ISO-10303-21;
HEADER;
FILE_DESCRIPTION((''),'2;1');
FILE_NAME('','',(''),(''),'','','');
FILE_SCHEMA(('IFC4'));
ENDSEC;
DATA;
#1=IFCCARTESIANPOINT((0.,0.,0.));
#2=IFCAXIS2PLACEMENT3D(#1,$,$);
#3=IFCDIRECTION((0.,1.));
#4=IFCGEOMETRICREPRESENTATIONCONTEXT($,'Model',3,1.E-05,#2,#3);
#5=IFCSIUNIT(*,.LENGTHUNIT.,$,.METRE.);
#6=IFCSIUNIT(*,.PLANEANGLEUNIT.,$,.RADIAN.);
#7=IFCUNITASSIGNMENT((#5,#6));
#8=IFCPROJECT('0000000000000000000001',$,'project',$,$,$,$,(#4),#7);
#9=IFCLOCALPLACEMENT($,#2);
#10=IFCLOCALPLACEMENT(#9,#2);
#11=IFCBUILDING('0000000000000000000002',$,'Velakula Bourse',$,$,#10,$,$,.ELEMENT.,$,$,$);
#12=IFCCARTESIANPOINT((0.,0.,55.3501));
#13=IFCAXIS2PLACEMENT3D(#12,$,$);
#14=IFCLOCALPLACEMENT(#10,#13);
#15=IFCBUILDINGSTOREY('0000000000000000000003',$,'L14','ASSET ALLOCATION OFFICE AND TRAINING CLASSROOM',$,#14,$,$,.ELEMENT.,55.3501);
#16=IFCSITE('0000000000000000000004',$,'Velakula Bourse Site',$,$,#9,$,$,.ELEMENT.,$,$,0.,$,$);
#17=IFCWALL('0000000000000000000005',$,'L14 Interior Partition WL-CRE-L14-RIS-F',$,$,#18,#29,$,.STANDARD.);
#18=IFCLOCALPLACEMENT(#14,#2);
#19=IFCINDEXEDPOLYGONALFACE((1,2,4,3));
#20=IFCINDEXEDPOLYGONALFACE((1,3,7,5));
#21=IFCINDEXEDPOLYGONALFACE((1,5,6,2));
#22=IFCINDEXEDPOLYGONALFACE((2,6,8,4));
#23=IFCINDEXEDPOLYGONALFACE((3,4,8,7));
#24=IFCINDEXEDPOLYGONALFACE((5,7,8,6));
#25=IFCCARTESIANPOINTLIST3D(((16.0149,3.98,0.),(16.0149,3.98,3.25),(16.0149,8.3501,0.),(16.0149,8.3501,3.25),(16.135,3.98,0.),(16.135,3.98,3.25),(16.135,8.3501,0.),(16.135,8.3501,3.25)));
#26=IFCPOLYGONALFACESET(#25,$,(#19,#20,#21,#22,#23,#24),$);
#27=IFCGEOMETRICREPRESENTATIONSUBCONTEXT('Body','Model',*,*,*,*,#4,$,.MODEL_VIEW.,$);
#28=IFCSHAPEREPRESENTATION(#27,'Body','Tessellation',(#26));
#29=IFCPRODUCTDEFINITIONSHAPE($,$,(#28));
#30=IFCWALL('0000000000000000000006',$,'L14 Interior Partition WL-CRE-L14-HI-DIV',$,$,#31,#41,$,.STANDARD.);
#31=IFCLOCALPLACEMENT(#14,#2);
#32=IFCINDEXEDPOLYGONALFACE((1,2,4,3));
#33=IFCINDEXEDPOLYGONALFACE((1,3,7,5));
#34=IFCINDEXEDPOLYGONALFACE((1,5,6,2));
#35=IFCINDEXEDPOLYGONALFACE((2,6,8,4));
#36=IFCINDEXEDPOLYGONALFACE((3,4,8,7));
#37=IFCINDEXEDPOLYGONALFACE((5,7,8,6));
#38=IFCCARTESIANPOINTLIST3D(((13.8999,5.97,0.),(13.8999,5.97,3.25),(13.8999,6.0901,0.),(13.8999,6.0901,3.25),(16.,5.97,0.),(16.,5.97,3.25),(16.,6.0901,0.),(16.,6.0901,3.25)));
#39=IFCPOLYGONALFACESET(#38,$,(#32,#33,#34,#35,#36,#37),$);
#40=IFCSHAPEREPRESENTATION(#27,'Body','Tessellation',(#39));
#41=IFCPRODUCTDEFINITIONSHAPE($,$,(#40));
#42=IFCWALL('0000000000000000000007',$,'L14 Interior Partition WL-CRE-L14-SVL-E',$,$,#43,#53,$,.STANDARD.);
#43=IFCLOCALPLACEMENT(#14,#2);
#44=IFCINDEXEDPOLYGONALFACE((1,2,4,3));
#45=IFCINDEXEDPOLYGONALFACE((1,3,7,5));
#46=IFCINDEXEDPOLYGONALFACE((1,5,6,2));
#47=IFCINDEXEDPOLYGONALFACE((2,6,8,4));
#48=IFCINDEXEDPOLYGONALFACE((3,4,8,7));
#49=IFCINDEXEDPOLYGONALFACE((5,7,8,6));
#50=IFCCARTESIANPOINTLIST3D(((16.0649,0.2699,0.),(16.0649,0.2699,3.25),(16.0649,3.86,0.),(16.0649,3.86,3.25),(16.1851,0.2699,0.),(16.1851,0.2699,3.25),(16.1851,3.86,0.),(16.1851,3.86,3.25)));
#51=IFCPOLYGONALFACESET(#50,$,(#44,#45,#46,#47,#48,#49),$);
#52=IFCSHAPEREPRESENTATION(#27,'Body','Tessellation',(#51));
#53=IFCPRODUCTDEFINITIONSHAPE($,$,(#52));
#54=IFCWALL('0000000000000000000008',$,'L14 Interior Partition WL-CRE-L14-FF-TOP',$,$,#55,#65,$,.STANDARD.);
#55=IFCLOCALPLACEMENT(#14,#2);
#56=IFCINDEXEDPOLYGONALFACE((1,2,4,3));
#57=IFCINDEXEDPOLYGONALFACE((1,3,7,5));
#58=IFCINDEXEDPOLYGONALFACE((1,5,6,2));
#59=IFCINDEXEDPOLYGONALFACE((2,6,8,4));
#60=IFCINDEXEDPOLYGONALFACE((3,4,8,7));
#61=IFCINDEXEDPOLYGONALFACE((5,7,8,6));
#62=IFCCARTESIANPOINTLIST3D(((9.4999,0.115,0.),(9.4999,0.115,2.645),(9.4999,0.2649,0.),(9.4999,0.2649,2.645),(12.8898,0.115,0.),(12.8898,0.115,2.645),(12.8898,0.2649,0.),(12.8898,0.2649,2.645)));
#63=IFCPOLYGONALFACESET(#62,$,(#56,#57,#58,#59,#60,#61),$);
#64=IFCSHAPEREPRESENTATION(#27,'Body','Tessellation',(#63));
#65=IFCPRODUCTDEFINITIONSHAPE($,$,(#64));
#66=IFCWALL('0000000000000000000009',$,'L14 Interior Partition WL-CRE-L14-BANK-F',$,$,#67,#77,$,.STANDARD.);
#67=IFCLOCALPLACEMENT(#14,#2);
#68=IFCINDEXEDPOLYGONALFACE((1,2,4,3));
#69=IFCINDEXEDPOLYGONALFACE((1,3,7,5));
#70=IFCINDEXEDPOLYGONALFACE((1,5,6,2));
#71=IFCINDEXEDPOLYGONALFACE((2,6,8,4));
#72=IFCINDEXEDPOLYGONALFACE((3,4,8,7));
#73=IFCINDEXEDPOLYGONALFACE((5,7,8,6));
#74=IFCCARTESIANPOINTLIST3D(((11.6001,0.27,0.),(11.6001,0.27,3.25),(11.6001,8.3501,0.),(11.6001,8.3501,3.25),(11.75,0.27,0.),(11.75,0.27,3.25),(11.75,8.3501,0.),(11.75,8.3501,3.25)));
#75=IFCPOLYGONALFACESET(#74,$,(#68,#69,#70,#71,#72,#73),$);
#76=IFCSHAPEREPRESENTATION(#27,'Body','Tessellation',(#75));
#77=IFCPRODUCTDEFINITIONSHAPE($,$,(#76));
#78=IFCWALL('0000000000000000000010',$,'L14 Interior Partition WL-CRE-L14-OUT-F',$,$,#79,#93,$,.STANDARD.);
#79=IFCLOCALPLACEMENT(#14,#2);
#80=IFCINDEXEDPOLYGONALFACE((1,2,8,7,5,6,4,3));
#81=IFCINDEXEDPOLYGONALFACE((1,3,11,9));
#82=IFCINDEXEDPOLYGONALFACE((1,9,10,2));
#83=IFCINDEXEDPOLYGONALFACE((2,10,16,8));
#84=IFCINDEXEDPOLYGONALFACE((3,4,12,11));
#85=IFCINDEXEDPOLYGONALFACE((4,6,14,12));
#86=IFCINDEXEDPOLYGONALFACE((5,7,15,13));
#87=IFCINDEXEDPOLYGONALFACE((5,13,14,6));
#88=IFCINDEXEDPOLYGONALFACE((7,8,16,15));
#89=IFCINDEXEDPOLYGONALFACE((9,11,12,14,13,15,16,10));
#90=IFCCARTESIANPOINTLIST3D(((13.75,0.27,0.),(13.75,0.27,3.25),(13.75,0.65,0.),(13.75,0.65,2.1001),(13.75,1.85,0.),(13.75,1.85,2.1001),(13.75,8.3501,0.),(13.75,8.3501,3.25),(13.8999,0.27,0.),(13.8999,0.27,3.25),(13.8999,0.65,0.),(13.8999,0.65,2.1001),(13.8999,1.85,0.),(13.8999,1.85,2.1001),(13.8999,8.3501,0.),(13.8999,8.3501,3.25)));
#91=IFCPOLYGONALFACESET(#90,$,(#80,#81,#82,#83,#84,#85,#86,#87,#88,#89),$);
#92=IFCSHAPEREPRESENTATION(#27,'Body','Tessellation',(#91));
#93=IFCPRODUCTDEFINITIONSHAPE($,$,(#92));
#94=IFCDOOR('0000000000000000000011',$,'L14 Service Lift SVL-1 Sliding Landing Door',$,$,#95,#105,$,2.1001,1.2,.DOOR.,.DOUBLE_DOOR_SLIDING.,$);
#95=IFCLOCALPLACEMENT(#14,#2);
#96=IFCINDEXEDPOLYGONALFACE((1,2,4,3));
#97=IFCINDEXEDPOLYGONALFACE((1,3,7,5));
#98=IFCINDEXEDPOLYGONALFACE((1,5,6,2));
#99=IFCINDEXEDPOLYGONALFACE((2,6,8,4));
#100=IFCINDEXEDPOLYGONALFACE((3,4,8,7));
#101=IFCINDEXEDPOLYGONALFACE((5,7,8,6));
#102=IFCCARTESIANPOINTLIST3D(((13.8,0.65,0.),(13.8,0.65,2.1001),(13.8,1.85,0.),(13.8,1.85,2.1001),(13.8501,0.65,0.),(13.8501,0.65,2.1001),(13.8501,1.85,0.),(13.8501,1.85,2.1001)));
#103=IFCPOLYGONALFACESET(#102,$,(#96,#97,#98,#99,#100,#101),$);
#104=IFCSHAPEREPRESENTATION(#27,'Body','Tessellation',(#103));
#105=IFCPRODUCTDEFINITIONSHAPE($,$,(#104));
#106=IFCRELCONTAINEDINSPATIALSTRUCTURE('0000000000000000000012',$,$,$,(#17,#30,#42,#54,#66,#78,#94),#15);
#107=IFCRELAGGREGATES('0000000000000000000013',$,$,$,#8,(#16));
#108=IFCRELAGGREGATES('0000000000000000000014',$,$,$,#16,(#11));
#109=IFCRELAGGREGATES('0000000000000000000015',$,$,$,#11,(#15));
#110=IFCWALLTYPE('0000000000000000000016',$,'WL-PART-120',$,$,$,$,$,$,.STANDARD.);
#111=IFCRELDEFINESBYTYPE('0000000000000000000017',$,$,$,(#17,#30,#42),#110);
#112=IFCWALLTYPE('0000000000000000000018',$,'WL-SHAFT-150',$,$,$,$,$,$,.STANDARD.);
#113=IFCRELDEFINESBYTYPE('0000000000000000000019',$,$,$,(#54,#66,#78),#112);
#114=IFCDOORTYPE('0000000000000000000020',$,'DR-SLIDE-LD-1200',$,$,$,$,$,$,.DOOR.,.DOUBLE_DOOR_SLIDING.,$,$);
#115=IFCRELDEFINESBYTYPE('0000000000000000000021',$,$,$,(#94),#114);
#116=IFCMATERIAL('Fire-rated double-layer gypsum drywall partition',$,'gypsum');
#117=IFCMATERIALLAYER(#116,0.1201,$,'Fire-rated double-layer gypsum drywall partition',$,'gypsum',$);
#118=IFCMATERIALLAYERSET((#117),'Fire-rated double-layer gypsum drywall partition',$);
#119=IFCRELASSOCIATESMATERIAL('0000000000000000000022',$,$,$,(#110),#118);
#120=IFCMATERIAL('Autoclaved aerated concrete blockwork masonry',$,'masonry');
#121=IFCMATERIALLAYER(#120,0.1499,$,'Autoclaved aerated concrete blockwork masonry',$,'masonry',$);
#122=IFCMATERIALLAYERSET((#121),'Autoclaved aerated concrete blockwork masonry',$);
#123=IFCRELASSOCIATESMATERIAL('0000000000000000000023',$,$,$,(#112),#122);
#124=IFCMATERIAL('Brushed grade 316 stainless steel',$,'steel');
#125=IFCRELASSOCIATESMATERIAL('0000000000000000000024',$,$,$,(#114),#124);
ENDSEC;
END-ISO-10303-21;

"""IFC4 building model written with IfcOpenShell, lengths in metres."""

from ifc_helpers import new_model, si_unit, direction, frame, frame_2d, origin, place, context, subcontext, project, spatial, rectangle, extrude, material, layer, layer_set, type_object, element, fill, save


model = new_model("IFC4")

# Units and contexts
model_context = context("Model", 3, precision=1e-05, world=origin(), true_north=direction((0.0, 1.0)))
body_context = subcontext(model_context, "Body", "Model", "MODEL_VIEW")
ifc_project = project(units=[si_unit("LENGTHUNIT", "METRE"), si_unit("PLANEANGLEUNIT", "RADIAN")], contexts=[model_context])

# Site, building, storey
site_placement = place(None, origin())
site = spatial("IfcSite", under=ifc_project, at=site_placement, Name="Velakula Bourse Site", CompositionType="ELEMENT", RefElevation=0.0)
building_placement = place(site_placement, origin())
building = spatial("IfcBuilding", under=site, at=building_placement, Name="Velakula Bourse", CompositionType="ELEMENT")
storey_placement = place(building_placement, frame((0.0, 0.0, 55.3501)))
storey = spatial("IfcBuildingStorey", under=building, at=storey_placement, Name="L14", Description="ASSET ALLOCATION OFFICE AND TRAINING CLASSROOM", CompositionType="ELEMENT", Elevation=55.3501)

# Shared definitions
ifc_material_1 = material(Name="Fire-rated double-layer gypsum drywall partition", Category="gypsum")
ifc_layer_1 = layer(ifc_material_1, 0.1201, Name="Fire-rated double-layer gypsum drywall partition", Category="gypsum")
ifc_layer_set_1 = layer_set([ifc_layer_1], Name="Fire-rated double-layer gypsum drywall partition")
wall_type_1 = type_object("IfcWallType", Name="WL-PART-120", PredefinedType="STANDARD", material=ifc_layer_set_1)

# Walls
wall_1_placement = place(storey_placement, frame((16.075, 3.98, 0.0), z_axis=(0.0, 0.0, 1.0), x_axis=(0.0, 1.0, 0.0)))
element("IfcWall", 1, at=wall_1_placement, inside=storey, type_object=wall_type_1, Name="L14 Interior Partition WL-CRE-L14-RIS-F", PredefinedType="STANDARD", context=body_context, shape_type="SweptSolid", body=[
    extrude(rectangle(XDim=4.3701, YDim=0.1201, at=frame_2d((2.1851, 0.0))), origin(), (0.0, 0.0, 1.0), 3.25),
])
wall_2_placement = place(storey_placement, frame((13.8999, 6.03, 0.0), z_axis=(0.0, 0.0, 1.0), x_axis=(1.0, 0.0, 0.0)))
element("IfcWall", 2, at=wall_2_placement, inside=storey, type_object=wall_type_1, Name="L14 Interior Partition WL-CRE-L14-HI-DIV", PredefinedType="STANDARD", context=body_context, shape_type="SweptSolid", body=[
    extrude(rectangle(XDim=2.1001, YDim=0.1201, at=frame_2d((1.05, 0.0))), origin(), (0.0, 0.0, 1.0), 3.25),
])
wall_3_placement = place(storey_placement, frame((16.125, 0.27, 0.0), z_axis=(0.0, 0.0, 1.0), x_axis=(0.0, 1.0, 0.0)))
element("IfcWall", 3, at=wall_3_placement, inside=storey, type_object=wall_type_1, Name="L14 Interior Partition WL-CRE-L14-SVL-E", PredefinedType="STANDARD", context=body_context, shape_type="SweptSolid", body=[
    extrude(rectangle(XDim=3.5901, YDim=0.1201, at=frame_2d((1.7949, 0.0))), origin(), (0.0, 0.0, 1.0), 3.25),
])
ifc_material_2 = material(Name="Autoclaved aerated concrete blockwork masonry", Category="masonry")
ifc_layer_2 = layer(ifc_material_2, 0.1499, Name="Autoclaved aerated concrete blockwork masonry", Category="masonry")
ifc_layer_set_2 = layer_set([ifc_layer_2], Name="Autoclaved aerated concrete blockwork masonry")
wall_type_2 = type_object("IfcWallType", Name="WL-SHAFT-150", PredefinedType="STANDARD", material=ifc_layer_set_2)
wall_4_placement = place(storey_placement, frame((9.5, 0.1899, 0.0), z_axis=(0.0, 0.0, 1.0), x_axis=(1.0, 0.0, 0.0)))
element("IfcWall", 4, at=wall_4_placement, inside=storey, type_object=wall_type_2, Name="L14 Interior Partition WL-CRE-L14-FF-TOP", PredefinedType="STANDARD", context=body_context, shape_type="SweptSolid", body=[
    extrude(rectangle(XDim=3.3899, YDim=0.1499, at=frame_2d((1.6948, 0.0))), origin(), (0.0, 0.0, 1.0), 2.645),
])
wall_5_placement = place(storey_placement, frame((11.675, 0.27, 0.0), z_axis=(0.0, 0.0, 1.0), x_axis=(0.0, 1.0, 0.0)))
element("IfcWall", 5, at=wall_5_placement, inside=storey, type_object=wall_type_2, Name="L14 Interior Partition WL-CRE-L14-BANK-F", PredefinedType="STANDARD", context=body_context, shape_type="SweptSolid", body=[
    extrude(rectangle(XDim=8.0801, YDim=0.1499, at=frame_2d((4.04, 0.0))), origin(), (0.0, 0.0, 1.0), 3.25),
])

# Wall, opening, door
wall_6_placement = place(storey_placement, frame((13.825, 0.27, 0.0), z_axis=(0.0, 0.0, 1.0), x_axis=(0.0, 1.0, 0.0)))
wall_6 = element("IfcWall", 6, at=wall_6_placement, inside=storey, type_object=wall_type_2, Name="L14 Interior Partition WL-CRE-L14-OUT-F", PredefinedType="STANDARD", context=body_context, shape_type="SweptSolid", body=[
    extrude(rectangle(XDim=8.0801, YDim=0.1499, at=frame_2d((4.04, 0.0))), origin(), (0.0, 0.0, 1.0), 3.25),
])
opening_1_placement = place(wall_6_placement, frame((0.3799, 0.0, 0.0)))
opening_1 = element("IfcOpeningElement", 7, at=opening_1_placement, cuts=wall_6, PredefinedType="OPENING", context=body_context, shape_type="SweptSolid", body=[
    extrude(rectangle(XDim=1.2, YDim=2.1001, at=frame_2d((0.6001, 1.05))), frame((0.0, 0.085, 0.0), z_axis=(0.0, -1.0, 0.0), x_axis=(1.0, 0.0, 0.0)), (0.0, 0.0, 1.0), 0.1699),
])
ifc_material_3 = material(Name="Brushed grade 316 stainless steel", Category="steel")
door_type_1 = type_object("IfcDoorType", Name="DR-SLIDE-LD-1200", OperationType="DOUBLE_DOOR_SLIDING", PredefinedType="DOOR", material=ifc_material_3)
door_1_placement = place(opening_1_placement, origin())
door_1 = element("IfcDoor", 8, at=door_1_placement, inside=storey, type_object=door_type_1, Name="L14 Service Lift SVL-1 Sliding Landing Door", OperationType="DOUBLE_DOOR_SLIDING", OverallHeight=2.1001, OverallWidth=1.2, PredefinedType="DOOR", context=body_context, shape_type="SweptSolid", body=[
    extrude(rectangle(XDim=1.2, YDim=2.1001, at=frame_2d((0.6001, 1.05))), frame((0.0, 0.0249, 0.0), z_axis=(0.0, -1.0, 0.0), x_axis=(1.0, 0.0, 0.0)), (0.0, 0.0, 1.0), 0.05),
])
fill(opening_1, door_1)

save(model, "model.ifc")
